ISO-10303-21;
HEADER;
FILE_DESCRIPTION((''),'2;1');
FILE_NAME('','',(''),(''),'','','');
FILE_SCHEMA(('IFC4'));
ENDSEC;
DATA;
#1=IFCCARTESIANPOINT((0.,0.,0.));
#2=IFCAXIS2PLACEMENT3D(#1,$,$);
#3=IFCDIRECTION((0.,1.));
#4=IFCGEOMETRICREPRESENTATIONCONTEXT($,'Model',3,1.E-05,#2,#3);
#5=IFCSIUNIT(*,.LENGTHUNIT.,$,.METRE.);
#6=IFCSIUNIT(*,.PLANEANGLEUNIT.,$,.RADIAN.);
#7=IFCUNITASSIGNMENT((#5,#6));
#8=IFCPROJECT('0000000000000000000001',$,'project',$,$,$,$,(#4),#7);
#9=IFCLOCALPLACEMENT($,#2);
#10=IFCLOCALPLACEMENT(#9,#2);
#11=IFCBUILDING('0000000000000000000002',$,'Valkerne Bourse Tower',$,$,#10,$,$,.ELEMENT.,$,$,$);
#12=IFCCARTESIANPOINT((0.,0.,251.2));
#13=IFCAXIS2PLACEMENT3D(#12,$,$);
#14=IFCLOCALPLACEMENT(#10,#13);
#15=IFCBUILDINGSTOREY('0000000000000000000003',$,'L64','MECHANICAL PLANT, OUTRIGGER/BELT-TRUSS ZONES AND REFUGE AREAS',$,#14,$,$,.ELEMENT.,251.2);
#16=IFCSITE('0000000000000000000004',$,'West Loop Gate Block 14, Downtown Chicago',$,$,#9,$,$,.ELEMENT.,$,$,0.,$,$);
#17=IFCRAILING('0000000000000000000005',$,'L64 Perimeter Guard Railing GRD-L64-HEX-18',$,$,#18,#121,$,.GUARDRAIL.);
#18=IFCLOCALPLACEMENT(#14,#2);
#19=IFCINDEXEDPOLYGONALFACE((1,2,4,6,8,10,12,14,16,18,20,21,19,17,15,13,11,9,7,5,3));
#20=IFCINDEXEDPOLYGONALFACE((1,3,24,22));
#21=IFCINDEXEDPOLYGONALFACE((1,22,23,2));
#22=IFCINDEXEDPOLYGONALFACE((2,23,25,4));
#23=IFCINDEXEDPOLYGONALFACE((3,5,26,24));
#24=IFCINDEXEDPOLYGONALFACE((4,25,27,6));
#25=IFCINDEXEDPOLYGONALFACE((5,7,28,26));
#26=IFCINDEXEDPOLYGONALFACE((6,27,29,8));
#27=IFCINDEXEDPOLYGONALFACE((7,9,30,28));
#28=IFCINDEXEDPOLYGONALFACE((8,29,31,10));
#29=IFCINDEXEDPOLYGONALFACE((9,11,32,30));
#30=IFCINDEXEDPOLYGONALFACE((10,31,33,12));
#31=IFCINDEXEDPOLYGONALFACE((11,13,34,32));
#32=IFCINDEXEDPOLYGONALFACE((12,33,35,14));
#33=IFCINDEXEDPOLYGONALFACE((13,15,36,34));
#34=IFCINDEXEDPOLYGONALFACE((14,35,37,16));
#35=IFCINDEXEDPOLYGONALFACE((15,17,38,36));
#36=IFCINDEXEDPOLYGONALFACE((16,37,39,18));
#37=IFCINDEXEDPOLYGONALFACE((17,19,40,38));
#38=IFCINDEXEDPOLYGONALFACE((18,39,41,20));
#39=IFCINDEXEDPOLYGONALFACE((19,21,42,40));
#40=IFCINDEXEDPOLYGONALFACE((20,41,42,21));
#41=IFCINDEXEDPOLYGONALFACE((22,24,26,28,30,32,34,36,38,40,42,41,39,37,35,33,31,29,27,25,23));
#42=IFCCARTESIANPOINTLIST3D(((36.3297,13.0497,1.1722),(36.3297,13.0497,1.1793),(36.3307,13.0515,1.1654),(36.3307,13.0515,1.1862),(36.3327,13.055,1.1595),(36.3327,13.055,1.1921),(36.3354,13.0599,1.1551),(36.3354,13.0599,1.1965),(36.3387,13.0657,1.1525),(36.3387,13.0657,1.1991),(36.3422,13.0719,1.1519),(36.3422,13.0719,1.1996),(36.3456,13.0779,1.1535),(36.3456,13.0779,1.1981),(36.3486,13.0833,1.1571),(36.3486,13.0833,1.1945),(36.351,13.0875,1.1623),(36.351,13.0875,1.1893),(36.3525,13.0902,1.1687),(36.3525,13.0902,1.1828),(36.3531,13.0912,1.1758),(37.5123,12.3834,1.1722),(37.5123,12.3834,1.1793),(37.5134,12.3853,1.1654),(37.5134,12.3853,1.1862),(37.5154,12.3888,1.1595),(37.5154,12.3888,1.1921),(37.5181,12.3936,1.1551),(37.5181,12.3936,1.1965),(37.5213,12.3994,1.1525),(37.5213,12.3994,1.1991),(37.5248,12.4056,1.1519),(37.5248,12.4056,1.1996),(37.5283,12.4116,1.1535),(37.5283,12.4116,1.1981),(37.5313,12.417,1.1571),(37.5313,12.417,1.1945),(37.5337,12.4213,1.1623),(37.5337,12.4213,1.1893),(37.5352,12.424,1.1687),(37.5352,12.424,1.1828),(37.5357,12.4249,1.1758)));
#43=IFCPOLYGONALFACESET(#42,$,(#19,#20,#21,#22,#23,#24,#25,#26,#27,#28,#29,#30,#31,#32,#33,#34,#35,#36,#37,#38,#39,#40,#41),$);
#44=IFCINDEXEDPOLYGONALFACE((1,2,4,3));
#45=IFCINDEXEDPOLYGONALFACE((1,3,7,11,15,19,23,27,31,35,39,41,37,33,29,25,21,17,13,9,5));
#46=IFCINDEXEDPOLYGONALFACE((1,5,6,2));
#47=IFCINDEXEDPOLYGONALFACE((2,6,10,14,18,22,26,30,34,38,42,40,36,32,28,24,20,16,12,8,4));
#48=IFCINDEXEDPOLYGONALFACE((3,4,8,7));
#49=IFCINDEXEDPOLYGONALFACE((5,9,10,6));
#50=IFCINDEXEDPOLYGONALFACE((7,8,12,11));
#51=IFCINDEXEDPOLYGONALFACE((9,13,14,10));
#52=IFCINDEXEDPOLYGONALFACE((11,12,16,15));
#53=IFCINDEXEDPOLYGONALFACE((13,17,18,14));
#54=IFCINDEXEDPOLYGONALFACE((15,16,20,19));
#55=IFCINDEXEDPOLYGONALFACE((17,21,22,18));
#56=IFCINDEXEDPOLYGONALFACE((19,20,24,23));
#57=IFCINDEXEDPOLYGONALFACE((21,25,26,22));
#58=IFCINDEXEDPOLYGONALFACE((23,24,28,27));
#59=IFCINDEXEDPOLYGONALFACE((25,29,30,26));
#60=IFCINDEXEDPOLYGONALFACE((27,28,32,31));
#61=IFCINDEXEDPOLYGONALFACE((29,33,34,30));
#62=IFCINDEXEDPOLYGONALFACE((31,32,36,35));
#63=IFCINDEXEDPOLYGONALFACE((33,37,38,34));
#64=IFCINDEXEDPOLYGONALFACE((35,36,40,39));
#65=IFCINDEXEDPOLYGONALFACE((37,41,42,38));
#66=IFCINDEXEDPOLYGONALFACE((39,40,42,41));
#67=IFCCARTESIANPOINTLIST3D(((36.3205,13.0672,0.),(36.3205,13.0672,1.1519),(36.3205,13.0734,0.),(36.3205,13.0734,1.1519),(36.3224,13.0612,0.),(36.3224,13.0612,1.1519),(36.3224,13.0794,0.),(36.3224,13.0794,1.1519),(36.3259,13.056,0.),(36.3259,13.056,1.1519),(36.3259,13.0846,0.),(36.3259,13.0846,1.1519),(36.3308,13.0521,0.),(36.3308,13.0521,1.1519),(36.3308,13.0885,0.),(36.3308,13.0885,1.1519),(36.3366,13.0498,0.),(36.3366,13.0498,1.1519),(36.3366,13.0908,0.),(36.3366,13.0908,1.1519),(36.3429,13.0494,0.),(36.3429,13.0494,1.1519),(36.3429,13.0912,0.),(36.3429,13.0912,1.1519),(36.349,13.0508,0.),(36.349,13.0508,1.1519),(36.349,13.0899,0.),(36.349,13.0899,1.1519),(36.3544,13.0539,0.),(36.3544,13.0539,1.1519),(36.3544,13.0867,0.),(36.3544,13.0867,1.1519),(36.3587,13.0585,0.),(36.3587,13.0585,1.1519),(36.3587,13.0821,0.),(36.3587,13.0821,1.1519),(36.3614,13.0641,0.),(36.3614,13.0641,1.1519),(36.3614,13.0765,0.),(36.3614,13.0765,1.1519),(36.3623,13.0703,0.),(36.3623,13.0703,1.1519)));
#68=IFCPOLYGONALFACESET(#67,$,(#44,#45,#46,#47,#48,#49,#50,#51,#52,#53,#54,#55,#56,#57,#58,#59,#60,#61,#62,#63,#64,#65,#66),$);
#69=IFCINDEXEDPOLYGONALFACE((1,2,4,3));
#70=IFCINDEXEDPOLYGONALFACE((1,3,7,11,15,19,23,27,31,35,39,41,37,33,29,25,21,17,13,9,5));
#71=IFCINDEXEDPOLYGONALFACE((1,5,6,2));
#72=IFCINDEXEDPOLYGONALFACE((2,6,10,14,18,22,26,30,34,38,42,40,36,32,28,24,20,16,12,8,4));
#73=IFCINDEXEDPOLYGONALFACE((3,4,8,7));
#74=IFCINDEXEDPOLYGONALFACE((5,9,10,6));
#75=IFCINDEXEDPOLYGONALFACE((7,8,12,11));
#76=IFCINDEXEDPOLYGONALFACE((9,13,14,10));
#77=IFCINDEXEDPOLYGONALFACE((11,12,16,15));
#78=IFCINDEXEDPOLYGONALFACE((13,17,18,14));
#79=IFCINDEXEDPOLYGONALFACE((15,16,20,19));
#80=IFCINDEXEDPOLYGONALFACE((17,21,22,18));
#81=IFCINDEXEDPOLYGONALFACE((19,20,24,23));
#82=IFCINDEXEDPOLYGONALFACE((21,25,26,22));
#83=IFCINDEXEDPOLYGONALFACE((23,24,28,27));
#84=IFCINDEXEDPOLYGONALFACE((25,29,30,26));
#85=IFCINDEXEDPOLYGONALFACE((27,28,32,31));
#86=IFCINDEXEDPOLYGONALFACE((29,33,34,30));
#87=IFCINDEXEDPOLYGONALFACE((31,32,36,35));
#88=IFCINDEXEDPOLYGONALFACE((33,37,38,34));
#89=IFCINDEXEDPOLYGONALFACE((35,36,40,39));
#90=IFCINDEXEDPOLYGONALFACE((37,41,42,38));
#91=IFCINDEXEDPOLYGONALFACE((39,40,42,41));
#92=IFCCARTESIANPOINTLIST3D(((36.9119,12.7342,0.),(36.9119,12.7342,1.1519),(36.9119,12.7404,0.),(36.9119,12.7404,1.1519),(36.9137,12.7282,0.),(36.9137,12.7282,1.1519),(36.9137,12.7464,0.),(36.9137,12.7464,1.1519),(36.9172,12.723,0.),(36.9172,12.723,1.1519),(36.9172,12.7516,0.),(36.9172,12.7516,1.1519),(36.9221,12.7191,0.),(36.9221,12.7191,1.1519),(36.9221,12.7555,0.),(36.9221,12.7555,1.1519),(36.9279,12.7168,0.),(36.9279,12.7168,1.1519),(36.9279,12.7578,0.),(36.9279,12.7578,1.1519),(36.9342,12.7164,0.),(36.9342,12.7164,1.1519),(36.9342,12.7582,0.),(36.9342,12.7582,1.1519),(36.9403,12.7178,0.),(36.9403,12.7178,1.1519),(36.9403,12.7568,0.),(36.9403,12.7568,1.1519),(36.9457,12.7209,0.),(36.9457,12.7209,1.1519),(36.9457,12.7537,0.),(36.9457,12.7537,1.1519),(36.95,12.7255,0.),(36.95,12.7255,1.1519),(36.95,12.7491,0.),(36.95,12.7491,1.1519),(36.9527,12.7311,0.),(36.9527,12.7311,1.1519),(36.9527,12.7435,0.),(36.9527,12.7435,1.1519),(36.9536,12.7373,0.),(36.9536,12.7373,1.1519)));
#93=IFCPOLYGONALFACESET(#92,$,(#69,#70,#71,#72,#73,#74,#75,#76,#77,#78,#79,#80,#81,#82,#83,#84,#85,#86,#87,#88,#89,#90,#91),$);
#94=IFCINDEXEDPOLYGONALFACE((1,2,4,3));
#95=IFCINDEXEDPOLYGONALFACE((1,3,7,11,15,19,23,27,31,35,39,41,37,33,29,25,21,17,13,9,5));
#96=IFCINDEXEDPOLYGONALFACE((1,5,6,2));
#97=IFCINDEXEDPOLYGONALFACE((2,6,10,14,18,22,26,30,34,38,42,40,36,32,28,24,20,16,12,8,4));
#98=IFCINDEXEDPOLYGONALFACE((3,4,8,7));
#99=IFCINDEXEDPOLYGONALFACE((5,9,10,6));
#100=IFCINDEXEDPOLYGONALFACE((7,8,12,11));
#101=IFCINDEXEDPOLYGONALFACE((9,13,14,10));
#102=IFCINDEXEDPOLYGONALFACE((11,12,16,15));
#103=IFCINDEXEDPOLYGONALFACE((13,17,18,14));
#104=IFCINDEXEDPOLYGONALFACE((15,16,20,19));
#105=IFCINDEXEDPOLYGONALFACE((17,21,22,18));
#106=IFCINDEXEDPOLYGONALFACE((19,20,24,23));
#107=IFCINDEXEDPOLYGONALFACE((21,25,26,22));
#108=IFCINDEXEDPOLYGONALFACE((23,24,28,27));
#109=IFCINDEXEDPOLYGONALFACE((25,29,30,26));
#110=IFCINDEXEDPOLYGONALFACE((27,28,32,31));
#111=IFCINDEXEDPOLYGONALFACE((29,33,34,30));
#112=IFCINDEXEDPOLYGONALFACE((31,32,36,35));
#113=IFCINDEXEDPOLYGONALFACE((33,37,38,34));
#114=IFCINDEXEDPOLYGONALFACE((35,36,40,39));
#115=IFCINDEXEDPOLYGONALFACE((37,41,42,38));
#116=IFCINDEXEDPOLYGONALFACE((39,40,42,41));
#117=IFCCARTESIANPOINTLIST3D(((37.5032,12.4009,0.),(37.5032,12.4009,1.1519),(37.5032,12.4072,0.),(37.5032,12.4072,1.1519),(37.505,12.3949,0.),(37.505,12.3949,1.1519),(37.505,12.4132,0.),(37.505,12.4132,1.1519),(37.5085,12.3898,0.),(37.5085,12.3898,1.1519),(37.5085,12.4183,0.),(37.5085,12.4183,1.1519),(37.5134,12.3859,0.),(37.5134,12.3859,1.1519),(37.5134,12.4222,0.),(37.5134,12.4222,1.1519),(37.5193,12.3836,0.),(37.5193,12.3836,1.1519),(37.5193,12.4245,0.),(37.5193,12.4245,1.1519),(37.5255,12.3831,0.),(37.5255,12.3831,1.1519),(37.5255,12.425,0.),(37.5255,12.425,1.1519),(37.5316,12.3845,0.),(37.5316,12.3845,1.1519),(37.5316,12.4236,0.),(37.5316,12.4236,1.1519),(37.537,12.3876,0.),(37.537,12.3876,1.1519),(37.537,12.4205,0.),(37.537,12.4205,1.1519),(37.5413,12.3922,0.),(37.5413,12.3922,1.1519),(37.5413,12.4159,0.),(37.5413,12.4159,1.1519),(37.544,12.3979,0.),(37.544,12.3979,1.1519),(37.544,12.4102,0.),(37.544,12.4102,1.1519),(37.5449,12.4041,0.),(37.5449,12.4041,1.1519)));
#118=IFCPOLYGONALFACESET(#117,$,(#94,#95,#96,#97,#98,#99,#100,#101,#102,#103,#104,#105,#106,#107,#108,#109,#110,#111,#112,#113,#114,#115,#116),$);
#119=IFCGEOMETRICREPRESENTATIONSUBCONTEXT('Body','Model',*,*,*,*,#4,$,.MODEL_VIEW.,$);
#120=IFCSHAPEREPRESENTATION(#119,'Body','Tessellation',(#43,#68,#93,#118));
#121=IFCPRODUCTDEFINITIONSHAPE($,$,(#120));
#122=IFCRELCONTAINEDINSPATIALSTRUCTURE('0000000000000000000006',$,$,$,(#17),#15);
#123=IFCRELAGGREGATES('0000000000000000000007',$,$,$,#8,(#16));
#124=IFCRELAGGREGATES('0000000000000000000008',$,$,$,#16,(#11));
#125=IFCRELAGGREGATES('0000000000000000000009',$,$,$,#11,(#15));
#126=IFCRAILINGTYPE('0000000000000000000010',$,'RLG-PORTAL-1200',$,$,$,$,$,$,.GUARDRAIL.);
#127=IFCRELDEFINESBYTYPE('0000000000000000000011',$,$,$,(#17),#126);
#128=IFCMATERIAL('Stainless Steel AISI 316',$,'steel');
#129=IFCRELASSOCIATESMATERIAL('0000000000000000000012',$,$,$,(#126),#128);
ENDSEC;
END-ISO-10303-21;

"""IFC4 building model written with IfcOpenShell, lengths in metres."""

from ifc_helpers import new_model, si_unit, direction, frame, origin, origin_2d, place, context, subcontext, project, spatial, circle, extrude, material, type_object, element, save


model = new_model("IFC4")

# Units and contexts
model_context = context("Model", 3, precision=1e-05, world=origin(), true_north=direction((0.0, 1.0)))
body_context = subcontext(model_context, "Body", "Model", "MODEL_VIEW")
ifc_project = project(units=[si_unit("LENGTHUNIT", "METRE"), si_unit("PLANEANGLEUNIT", "RADIAN")], contexts=[model_context])

# Site, building, storey
site_placement = place(None, origin())
site = spatial("IfcSite", under=ifc_project, at=site_placement, Name="West Loop Gate Block 14, Downtown Chicago", CompositionType="ELEMENT", RefElevation=0.0)
building_placement = place(site_placement, origin())
building = spatial("IfcBuilding", under=site, at=building_placement, Name="Valkerne Bourse Tower", CompositionType="ELEMENT")
storey_placement = place(building_placement, frame((0.0, 0.0, 251.2)))
storey = spatial("IfcBuildingStorey", under=building, at=storey_placement, Name="L64", Description="MECHANICAL PLANT, OUTRIGGER/BELT-TRUSS ZONES AND REFUGE AREAS", CompositionType="ELEMENT", Elevation=251.2)

# Railing
ifc_material_1 = material(Name="Stainless Steel AISI 316", Category="steel")
railing_type = type_object("IfcRailingType", Name="RLG-PORTAL-1200", PredefinedType="GUARDRAIL", material=ifc_material_1)
railing_1_placement = place(storey_placement, frame((36.3413, 13.0703, 0.0)))
element("IfcRailing", 1, at=railing_1_placement, inside=storey, type_object=railing_type, Name="L64 Perimeter Guard Railing GRD-L64-HEX-18", PredefinedType="GUARDRAIL", context=body_context, shape_type="SweptSolid", body=[
    extrude(circle(Radius=0.0239, at=origin_2d()), frame((0.0, 0.0, 1.1758), z_axis=(0.871249, -0.490842, 0.0), x_axis=(0.490842, 0.871249, 0.0)), (0.0, 0.0, 1.0), 1.3574),
    extrude(circle(Radius=0.021, at=origin_2d()), origin(), (0.0, 0.0, 1.0), 1.1519),
    extrude(circle(Radius=0.021, at=origin_2d()), frame((0.5913, -0.333, 0.0)), (0.0, 0.0, 1.0), 1.1519),
    extrude(circle(Radius=0.021, at=origin_2d()), frame((1.1826, -0.6663, 0.0)), (0.0, 0.0, 1.0), 1.1519),
])

save(model, "model.ifc")
